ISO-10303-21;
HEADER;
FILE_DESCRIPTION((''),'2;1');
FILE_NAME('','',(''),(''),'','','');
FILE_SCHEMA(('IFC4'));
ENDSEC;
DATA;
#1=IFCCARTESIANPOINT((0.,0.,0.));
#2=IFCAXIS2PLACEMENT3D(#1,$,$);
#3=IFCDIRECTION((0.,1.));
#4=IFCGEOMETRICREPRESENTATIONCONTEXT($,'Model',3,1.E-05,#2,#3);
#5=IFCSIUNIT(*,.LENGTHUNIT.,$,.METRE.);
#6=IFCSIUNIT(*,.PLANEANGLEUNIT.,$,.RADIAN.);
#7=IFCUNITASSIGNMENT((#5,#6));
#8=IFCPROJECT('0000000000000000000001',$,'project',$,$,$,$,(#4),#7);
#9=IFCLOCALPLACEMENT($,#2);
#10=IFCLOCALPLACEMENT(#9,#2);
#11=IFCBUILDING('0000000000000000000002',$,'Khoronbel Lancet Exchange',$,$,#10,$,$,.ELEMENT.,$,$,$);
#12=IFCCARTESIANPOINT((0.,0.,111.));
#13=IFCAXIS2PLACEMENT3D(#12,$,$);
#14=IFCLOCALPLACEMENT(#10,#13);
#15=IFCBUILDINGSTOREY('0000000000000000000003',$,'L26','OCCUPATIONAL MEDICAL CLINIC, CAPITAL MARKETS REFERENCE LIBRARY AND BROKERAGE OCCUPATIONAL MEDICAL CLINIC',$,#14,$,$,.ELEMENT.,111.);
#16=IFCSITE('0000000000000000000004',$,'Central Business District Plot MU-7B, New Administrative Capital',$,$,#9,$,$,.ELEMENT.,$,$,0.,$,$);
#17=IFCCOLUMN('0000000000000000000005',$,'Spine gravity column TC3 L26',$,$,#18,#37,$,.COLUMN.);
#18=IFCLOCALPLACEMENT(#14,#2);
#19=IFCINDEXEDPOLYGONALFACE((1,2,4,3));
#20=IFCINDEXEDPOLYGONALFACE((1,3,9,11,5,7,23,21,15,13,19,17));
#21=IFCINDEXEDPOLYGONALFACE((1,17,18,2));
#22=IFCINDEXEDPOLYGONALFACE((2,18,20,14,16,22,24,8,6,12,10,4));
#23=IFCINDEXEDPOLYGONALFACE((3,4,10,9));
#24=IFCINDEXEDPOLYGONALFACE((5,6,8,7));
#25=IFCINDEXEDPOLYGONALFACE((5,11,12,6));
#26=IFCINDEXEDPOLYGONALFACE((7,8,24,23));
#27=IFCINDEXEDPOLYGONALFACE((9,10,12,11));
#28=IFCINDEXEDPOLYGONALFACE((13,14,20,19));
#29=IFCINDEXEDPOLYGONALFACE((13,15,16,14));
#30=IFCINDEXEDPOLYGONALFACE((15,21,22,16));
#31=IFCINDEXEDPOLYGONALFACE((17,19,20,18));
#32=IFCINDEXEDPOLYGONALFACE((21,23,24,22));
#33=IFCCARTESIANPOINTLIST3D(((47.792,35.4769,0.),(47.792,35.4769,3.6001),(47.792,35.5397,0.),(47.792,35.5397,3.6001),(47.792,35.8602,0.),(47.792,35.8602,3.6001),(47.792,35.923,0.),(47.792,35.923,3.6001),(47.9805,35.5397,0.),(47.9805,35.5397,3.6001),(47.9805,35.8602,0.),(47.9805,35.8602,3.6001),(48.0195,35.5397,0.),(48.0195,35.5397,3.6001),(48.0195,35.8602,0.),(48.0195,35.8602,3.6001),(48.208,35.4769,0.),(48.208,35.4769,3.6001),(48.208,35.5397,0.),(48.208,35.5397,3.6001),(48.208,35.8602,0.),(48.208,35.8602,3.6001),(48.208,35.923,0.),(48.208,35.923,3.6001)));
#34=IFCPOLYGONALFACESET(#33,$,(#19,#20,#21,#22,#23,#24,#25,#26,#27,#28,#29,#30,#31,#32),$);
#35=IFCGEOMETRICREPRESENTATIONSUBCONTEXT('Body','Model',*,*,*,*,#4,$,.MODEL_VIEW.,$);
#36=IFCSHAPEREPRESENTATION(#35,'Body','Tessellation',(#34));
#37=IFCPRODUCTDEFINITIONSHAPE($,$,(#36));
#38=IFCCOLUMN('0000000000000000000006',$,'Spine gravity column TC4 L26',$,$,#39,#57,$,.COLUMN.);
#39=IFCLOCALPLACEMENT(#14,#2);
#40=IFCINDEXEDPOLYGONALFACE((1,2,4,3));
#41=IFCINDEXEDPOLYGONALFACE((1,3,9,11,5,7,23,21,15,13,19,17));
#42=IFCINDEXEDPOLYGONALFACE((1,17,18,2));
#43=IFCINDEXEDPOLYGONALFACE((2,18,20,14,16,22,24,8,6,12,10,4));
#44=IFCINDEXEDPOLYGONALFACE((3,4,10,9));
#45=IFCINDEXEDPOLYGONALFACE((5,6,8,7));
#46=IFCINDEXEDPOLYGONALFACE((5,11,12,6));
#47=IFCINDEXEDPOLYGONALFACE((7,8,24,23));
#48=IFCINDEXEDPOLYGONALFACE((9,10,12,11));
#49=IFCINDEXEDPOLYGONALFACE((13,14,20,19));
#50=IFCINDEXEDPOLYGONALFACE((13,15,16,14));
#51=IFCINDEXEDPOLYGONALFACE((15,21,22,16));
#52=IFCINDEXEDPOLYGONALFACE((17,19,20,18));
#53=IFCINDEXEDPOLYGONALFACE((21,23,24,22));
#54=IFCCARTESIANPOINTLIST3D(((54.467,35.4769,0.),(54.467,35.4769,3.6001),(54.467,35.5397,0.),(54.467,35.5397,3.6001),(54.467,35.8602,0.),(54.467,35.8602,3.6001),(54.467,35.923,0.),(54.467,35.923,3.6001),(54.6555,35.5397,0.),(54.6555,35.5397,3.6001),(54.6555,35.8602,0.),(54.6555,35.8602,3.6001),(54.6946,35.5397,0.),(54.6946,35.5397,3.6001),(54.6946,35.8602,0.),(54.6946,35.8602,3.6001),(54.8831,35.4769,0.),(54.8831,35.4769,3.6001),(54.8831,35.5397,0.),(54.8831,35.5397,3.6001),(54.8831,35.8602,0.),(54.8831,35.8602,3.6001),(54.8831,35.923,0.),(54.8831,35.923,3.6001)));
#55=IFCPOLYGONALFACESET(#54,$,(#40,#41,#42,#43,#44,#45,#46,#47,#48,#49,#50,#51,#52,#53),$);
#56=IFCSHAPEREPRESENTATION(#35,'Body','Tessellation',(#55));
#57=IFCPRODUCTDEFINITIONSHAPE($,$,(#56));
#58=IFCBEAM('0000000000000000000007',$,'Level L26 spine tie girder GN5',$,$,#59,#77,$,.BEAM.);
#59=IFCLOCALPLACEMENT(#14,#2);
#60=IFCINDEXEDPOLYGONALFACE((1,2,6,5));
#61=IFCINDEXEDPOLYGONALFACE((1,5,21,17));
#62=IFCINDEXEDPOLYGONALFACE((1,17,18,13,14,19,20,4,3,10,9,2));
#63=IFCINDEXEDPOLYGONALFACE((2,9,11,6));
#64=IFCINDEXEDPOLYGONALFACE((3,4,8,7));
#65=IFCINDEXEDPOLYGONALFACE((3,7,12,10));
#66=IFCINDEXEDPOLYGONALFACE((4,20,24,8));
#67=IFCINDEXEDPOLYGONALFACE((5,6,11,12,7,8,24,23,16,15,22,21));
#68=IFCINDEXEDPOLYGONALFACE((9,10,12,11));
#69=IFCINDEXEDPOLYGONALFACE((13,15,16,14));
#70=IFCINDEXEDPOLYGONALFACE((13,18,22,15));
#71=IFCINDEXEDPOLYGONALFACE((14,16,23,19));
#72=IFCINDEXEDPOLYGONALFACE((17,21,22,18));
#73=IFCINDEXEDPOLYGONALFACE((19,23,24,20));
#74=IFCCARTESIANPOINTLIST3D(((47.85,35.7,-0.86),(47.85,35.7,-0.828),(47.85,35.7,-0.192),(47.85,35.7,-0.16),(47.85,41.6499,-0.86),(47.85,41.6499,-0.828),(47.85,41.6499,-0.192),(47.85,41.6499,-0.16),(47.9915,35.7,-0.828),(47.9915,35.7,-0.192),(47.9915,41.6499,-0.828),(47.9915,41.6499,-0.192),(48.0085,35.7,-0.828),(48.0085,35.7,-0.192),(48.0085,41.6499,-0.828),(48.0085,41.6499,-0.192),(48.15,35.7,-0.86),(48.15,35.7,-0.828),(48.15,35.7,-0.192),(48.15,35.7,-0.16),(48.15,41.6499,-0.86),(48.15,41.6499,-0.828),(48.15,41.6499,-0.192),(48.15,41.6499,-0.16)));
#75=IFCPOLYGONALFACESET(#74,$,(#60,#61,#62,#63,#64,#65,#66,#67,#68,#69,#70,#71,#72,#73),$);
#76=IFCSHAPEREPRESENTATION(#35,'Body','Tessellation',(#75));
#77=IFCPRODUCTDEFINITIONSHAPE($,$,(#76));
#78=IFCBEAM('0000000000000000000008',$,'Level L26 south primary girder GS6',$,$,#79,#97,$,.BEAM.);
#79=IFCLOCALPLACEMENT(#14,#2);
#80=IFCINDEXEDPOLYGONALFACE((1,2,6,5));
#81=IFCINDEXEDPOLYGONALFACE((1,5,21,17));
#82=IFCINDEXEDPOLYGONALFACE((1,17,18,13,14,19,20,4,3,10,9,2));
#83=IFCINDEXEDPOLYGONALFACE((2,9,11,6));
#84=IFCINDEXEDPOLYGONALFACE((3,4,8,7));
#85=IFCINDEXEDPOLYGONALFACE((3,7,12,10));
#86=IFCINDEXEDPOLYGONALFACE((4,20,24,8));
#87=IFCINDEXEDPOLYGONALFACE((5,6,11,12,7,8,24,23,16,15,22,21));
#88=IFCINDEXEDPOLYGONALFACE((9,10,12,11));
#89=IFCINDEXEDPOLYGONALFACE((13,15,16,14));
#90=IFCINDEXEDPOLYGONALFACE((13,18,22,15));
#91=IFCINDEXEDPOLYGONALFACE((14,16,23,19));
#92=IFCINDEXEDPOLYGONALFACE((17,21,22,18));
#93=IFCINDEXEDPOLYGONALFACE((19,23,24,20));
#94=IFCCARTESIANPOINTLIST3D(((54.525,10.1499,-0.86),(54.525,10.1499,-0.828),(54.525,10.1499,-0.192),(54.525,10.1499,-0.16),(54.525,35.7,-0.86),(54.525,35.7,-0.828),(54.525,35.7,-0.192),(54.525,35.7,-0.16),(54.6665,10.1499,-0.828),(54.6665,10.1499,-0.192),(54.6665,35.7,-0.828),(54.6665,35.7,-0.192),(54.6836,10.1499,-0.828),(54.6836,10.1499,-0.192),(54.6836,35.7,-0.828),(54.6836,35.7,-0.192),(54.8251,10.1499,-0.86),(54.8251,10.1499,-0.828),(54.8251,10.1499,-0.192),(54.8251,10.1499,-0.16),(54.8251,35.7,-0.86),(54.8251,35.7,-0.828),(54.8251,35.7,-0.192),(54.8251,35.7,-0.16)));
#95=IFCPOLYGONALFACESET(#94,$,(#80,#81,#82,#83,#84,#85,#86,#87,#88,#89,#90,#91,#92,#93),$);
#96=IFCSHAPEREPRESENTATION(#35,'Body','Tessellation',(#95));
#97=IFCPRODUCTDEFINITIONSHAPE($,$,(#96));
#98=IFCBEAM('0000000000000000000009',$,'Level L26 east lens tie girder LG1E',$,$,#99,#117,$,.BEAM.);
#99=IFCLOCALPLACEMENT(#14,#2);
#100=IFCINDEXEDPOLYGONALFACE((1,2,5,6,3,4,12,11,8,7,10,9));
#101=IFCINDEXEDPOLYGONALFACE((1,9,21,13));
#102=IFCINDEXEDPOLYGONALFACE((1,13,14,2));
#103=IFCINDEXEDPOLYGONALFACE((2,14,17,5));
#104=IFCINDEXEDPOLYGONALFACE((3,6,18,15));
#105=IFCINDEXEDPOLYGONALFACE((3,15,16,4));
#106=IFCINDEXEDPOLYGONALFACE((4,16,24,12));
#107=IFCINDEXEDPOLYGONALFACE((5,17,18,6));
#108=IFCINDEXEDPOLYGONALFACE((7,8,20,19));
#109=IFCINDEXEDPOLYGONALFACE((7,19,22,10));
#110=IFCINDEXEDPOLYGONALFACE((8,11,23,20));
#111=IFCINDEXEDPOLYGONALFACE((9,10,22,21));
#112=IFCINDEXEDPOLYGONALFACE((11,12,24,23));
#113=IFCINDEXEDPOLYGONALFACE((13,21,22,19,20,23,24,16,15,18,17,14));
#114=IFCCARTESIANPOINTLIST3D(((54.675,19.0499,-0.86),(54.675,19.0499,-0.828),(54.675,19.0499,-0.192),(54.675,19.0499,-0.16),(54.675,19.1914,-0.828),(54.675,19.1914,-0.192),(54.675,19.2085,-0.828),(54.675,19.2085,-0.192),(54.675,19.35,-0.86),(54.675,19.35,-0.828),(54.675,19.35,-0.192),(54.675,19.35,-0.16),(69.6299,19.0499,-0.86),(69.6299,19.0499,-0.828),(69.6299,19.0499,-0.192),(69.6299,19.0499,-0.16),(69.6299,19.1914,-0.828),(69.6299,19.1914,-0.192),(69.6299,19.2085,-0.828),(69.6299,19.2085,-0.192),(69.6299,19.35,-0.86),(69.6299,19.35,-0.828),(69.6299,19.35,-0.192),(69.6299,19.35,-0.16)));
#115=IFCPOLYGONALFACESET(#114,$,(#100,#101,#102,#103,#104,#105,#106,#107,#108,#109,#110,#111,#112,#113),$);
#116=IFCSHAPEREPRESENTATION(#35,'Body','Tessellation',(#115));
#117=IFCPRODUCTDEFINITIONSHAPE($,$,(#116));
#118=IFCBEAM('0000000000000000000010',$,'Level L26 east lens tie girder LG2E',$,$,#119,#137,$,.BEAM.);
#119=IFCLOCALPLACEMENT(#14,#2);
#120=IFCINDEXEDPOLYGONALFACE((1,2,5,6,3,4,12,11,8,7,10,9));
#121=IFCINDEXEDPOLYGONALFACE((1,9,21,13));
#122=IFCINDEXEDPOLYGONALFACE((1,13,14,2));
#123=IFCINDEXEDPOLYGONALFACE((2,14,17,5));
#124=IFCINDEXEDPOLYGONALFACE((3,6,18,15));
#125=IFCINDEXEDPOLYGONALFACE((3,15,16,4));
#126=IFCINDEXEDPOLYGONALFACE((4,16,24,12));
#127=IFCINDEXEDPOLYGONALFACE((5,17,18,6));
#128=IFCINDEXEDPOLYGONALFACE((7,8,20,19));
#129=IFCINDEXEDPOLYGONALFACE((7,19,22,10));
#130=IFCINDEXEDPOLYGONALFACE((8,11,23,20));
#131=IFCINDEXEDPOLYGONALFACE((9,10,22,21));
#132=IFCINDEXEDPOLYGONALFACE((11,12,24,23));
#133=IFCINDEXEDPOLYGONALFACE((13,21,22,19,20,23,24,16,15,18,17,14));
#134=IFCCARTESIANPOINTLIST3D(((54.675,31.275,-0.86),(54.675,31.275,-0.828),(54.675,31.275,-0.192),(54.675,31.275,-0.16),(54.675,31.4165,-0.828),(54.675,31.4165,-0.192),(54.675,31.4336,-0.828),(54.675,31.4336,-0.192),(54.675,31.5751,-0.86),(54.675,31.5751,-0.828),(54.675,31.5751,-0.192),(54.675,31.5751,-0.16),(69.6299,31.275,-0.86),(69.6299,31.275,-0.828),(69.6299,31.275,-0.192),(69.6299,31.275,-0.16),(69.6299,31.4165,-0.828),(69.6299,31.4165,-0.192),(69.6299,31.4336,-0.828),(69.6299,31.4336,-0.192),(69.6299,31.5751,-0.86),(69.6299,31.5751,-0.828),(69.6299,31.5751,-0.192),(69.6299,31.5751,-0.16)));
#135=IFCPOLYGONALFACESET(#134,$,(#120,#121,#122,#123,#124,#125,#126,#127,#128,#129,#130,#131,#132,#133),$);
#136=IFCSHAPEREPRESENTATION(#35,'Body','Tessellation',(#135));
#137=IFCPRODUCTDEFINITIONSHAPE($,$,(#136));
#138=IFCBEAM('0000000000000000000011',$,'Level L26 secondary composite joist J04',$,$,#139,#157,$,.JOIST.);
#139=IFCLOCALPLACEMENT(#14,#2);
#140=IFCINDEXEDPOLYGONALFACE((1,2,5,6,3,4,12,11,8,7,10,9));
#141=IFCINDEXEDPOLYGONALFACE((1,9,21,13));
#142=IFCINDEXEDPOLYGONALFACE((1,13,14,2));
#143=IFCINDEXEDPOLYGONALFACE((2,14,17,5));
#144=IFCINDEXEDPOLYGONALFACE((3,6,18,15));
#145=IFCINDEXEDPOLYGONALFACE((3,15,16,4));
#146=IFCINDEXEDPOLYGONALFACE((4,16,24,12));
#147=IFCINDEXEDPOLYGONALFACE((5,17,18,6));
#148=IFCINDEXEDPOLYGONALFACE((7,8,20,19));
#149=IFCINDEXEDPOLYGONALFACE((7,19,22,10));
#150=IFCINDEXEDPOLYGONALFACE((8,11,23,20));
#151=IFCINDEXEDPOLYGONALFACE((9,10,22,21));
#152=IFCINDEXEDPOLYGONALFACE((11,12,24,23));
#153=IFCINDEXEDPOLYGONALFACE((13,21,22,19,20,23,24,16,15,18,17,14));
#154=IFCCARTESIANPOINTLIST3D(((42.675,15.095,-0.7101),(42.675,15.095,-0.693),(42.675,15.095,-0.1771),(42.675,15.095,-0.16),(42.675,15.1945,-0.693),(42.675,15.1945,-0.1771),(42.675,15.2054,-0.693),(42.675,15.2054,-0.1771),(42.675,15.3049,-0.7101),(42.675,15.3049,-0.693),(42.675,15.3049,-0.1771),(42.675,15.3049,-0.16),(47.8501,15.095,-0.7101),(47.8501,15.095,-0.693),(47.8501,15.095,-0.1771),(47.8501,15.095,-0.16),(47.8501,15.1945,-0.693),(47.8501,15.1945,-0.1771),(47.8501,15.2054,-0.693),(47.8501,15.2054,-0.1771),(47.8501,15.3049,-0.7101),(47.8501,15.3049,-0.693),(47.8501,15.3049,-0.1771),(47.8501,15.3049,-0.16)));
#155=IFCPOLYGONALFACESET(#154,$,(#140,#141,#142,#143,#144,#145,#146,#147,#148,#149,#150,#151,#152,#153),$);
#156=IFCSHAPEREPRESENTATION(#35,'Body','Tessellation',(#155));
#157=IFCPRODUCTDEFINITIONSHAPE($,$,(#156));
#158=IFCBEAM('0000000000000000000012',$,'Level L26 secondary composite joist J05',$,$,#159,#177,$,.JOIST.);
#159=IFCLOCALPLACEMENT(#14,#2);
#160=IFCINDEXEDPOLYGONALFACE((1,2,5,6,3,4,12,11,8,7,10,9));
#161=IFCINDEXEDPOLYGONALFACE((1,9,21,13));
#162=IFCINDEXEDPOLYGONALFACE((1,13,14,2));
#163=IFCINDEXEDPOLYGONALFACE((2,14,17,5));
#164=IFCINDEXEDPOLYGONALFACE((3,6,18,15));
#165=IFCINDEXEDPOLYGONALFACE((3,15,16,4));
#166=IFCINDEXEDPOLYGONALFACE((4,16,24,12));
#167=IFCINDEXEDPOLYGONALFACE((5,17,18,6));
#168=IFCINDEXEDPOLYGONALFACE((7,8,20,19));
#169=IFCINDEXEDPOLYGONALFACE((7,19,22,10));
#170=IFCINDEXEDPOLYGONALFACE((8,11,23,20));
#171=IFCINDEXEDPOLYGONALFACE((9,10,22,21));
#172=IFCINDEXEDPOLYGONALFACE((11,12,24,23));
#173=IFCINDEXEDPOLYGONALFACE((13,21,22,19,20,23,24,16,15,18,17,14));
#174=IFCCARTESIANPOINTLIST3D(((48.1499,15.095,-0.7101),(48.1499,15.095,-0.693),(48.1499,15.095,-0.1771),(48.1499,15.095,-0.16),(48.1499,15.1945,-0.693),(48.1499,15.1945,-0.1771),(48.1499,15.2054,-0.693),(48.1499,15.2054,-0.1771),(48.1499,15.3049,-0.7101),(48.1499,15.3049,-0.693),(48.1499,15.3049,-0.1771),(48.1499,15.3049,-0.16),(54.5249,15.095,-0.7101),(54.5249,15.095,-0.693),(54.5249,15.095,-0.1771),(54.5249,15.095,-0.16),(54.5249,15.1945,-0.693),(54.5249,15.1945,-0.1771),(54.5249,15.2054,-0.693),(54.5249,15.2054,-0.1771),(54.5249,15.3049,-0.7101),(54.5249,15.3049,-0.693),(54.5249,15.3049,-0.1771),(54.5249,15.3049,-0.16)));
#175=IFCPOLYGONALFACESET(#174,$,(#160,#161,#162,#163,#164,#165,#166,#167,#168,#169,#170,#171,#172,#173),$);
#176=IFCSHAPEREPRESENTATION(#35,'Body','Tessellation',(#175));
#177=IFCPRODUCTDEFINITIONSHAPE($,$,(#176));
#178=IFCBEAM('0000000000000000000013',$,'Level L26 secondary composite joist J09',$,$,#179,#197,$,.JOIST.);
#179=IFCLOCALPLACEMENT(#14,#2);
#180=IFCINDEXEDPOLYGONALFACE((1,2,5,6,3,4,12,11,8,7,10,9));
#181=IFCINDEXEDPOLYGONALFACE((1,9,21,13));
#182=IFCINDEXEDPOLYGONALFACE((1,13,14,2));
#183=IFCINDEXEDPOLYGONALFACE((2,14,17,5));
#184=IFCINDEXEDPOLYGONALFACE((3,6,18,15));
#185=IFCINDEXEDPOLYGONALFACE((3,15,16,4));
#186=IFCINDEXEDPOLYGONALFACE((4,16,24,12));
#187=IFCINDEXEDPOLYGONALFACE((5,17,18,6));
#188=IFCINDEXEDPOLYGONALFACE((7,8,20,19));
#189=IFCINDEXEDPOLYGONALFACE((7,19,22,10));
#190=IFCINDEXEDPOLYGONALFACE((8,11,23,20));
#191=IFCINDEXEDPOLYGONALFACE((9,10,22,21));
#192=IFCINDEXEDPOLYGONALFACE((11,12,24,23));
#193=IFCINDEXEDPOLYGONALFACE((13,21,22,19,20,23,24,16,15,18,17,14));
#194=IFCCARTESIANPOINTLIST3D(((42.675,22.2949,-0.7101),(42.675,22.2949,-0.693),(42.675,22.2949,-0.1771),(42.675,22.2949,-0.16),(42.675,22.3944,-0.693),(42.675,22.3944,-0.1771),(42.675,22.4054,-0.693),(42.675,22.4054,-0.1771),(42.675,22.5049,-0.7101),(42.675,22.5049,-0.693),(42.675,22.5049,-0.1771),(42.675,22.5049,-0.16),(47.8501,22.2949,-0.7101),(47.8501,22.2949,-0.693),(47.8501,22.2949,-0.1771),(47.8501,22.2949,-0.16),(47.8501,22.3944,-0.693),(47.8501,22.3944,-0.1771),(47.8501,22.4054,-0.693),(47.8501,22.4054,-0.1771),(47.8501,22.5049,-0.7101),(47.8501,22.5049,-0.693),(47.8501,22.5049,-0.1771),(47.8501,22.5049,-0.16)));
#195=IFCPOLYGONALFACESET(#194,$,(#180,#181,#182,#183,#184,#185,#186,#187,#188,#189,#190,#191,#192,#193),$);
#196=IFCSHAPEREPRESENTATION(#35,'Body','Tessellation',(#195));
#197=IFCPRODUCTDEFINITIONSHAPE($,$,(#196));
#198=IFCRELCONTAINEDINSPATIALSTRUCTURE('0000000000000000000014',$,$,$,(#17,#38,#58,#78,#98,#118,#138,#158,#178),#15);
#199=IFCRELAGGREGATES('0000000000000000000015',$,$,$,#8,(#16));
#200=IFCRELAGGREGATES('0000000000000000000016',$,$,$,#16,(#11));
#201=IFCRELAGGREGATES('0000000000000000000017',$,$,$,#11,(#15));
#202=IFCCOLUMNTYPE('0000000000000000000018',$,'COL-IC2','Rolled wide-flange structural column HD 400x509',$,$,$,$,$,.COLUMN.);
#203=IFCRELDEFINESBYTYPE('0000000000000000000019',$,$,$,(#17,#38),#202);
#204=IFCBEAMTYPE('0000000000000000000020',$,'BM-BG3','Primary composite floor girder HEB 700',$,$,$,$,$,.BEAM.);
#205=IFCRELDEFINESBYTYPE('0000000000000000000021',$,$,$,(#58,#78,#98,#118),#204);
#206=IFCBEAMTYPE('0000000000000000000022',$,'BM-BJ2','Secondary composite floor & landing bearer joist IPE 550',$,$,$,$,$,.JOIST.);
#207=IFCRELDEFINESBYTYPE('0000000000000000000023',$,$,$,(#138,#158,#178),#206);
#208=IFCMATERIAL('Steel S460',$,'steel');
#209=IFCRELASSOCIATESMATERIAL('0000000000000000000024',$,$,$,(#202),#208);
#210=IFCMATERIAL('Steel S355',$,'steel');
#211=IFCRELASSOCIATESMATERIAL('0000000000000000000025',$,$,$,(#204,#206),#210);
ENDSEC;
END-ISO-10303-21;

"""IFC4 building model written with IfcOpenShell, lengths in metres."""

from ifc_helpers import new_model, si_unit, direction, frame, origin, origin_2d, place, context, subcontext, project, spatial, i_section, extrude, material, material_profile, profile_set, type_object, element, save


model = new_model("IFC4")

# Units and contexts
model_context = context("Model", 3, precision=1e-05, world=origin(), true_north=direction((0.0, 1.0)))
body_context = subcontext(model_context, "Body", "Model", "MODEL_VIEW")
ifc_project = project(units=[si_unit("LENGTHUNIT", "METRE"), si_unit("PLANEANGLEUNIT", "RADIAN")], contexts=[model_context])

# Site, building, storey
site_placement = place(None, origin())
site = spatial("IfcSite", under=ifc_project, at=site_placement, Name="Central Business District Plot MU-7B, New Administrative Capital", CompositionType="ELEMENT", RefElevation=0.0)
building_placement = place(site_placement, origin())
building = spatial("IfcBuilding", under=site, at=building_placement, Name="Khoronbel Lancet Exchange", CompositionType="ELEMENT")
storey_placement = place(building_placement, frame((0.0, 0.0, 111.0)))
storey = spatial("IfcBuildingStorey", under=building, at=storey_placement, Name="L26", Description="OCCUPATIONAL MEDICAL CLINIC, CAPITAL MARKETS REFERENCE LIBRARY AND BROKERAGE OCCUPATIONAL MEDICAL CLINIC", CompositionType="ELEMENT", Elevation=111.0)

# Columns
ifc_material_1 = material(Name="Steel S460", Category="steel")
ifc_material_profile_1 = material_profile(ifc_material_1, i_section(OverallWidth=0.416, OverallDepth=0.446, WebThickness=0.0391, FlangeThickness=0.0627, at=origin_2d()), Name="HD 400x509")
ifc_profile_set_1 = profile_set([ifc_material_profile_1], Name="Steel S460")
column_type = type_object("IfcColumnType", Name="COL-IC2", Description="Rolled wide-flange structural column HD 400x509", PredefinedType="COLUMN", material=ifc_profile_set_1)
for number, where, z_axis, x_axis, name in (
    (1, (48.0, 35.7, 0.0), (0.0, 0.0, 1.0), (1.0, 0.0, 0.0), "Spine gravity column TC3 L26"),
    (2, (54.675, 35.7, 0.0), (0.0, 0.0, 1.0), (1.0, 0.0, 0.0), "Spine gravity column TC4 L26"),
):
    element("IfcColumn", number, at=place(storey_placement, frame(where, z_axis=z_axis, x_axis=x_axis)), inside=storey, type_object=column_type, Name=name, PredefinedType="COLUMN", context=body_context, shape_type="SweptSolid", body=[
        extrude(i_section(OverallWidth=0.416, OverallDepth=0.446, WebThickness=0.0391, FlangeThickness=0.0627, at=origin_2d()), origin(), (0.0, 0.0, 1.0), 3.6001),
    ])

# Beams
ifc_material_2 = material(Name="Steel S355", Category="steel")
ifc_material_profile_2 = material_profile(ifc_material_2, i_section(OverallWidth=0.3, OverallDepth=0.7, WebThickness=0.0171, FlangeThickness=0.032, at=origin_2d()), Name="HEB 700")
ifc_profile_set_2 = profile_set([ifc_material_profile_2], Name="Steel S355")
beam_type_1 = type_object("IfcBeamType", Name="BM-BG3", Description="Primary composite floor girder HEB 700", PredefinedType="BEAM", material=ifc_profile_set_2)
beam_1_placement = place(storey_placement, frame((48.0, 35.7, -0.51), z_axis=(0.0, 1.0, 0.0), x_axis=(-1.0, 0.0, 0.0)))
element("IfcBeam", 3, at=beam_1_placement, inside=storey, type_object=beam_type_1, Name="Level L26 spine tie girder GN5", PredefinedType="BEAM", context=body_context, shape_type="SweptSolid", body=[
    extrude(i_section(OverallWidth=0.3, OverallDepth=0.7, WebThickness=0.0171, FlangeThickness=0.032, at=origin_2d()), origin(), (0.0, 0.0, 1.0), 5.95),
])
beam_2_placement = place(storey_placement, frame((54.675, 10.1499, -0.51), z_axis=(0.0, 1.0, 0.0), x_axis=(-1.0, 0.0, 0.0)))
element("IfcBeam", 4, at=beam_2_placement, inside=storey, type_object=beam_type_1, Name="Level L26 south primary girder GS6", PredefinedType="BEAM", context=body_context, shape_type="SweptSolid", body=[
    extrude(i_section(OverallWidth=0.3, OverallDepth=0.7, WebThickness=0.0171, FlangeThickness=0.032, at=origin_2d()), origin(), (0.0, 0.0, 1.0), 25.55),
])
for number, where, z_axis, x_axis, name in (
    (5, (54.675, 19.2, -0.51), (1.0, 0.0, 0.0), (0.0, 1.0, 0.0), "Level L26 east lens tie girder LG1E"),
    (6, (54.675, 31.425, -0.51), (1.0, 0.0, 0.0), (0.0, 1.0, 0.0), "Level L26 east lens tie girder LG2E"),
):
    element("IfcBeam", number, at=place(storey_placement, frame(where, z_axis=z_axis, x_axis=x_axis)), inside=storey, type_object=beam_type_1, Name=name, PredefinedType="BEAM", context=body_context, shape_type="SweptSolid", body=[
        extrude(i_section(OverallWidth=0.3, OverallDepth=0.7, WebThickness=0.0171, FlangeThickness=0.032, at=origin_2d()), origin(), (0.0, 0.0, 1.0), 14.9548),
    ])
ifc_material_profile_3 = material_profile(ifc_material_2, i_section(OverallWidth=0.21, OverallDepth=0.55, WebThickness=0.011, FlangeThickness=0.0171, at=origin_2d()), Name="IPE 550")
ifc_profile_set_3 = profile_set([ifc_material_profile_3], Name="Steel S355")
beam_type_2 = type_object("IfcBeamType", Name="BM-BJ2", Description="Secondary composite floor & landing bearer joist IPE 550", PredefinedType="JOIST", material=ifc_profile_set_3)
beam_3_placement = place(storey_placement, frame((42.675, 15.2, -0.4351), z_axis=(1.0, 0.0, 0.0), x_axis=(0.0, 1.0, 0.0)))
element("IfcBeam", 7, at=beam_3_placement, inside=storey, type_object=beam_type_2, Name="Level L26 secondary composite joist J04", PredefinedType="JOIST", context=body_context, shape_type="SweptSolid", body=[
    extrude(i_section(OverallWidth=0.21, OverallDepth=0.55, WebThickness=0.011, FlangeThickness=0.0171, at=origin_2d()), origin(), (0.0, 0.0, 1.0), 5.175),
])
beam_4_placement = place(storey_placement, frame((48.1499, 15.2, -0.4351), z_axis=(1.0, 0.0, 0.0), x_axis=(0.0, 1.0, 0.0)))
element("IfcBeam", 8, at=beam_4_placement, inside=storey, type_object=beam_type_2, Name="Level L26 secondary composite joist J05", PredefinedType="JOIST", context=body_context, shape_type="SweptSolid", body=[
    extrude(i_section(OverallWidth=0.21, OverallDepth=0.55, WebThickness=0.011, FlangeThickness=0.0171, at=origin_2d()), origin(), (0.0, 0.0, 1.0), 6.375),
])
beam_5_placement = place(storey_placement, frame((42.675, 22.3999, -0.4351), z_axis=(1.0, 0.0, 0.0), x_axis=(0.0, 1.0, 0.0)))
element("IfcBeam", 9, at=beam_5_placement, inside=storey, type_object=beam_type_2, Name="Level L26 secondary composite joist J09", PredefinedType="JOIST", context=body_context, shape_type="SweptSolid", body=[
    extrude(i_section(OverallWidth=0.21, OverallDepth=0.55, WebThickness=0.011, FlangeThickness=0.0171, at=origin_2d()), origin(), (0.0, 0.0, 1.0), 5.175),
])

save(model, "model.ifc")
